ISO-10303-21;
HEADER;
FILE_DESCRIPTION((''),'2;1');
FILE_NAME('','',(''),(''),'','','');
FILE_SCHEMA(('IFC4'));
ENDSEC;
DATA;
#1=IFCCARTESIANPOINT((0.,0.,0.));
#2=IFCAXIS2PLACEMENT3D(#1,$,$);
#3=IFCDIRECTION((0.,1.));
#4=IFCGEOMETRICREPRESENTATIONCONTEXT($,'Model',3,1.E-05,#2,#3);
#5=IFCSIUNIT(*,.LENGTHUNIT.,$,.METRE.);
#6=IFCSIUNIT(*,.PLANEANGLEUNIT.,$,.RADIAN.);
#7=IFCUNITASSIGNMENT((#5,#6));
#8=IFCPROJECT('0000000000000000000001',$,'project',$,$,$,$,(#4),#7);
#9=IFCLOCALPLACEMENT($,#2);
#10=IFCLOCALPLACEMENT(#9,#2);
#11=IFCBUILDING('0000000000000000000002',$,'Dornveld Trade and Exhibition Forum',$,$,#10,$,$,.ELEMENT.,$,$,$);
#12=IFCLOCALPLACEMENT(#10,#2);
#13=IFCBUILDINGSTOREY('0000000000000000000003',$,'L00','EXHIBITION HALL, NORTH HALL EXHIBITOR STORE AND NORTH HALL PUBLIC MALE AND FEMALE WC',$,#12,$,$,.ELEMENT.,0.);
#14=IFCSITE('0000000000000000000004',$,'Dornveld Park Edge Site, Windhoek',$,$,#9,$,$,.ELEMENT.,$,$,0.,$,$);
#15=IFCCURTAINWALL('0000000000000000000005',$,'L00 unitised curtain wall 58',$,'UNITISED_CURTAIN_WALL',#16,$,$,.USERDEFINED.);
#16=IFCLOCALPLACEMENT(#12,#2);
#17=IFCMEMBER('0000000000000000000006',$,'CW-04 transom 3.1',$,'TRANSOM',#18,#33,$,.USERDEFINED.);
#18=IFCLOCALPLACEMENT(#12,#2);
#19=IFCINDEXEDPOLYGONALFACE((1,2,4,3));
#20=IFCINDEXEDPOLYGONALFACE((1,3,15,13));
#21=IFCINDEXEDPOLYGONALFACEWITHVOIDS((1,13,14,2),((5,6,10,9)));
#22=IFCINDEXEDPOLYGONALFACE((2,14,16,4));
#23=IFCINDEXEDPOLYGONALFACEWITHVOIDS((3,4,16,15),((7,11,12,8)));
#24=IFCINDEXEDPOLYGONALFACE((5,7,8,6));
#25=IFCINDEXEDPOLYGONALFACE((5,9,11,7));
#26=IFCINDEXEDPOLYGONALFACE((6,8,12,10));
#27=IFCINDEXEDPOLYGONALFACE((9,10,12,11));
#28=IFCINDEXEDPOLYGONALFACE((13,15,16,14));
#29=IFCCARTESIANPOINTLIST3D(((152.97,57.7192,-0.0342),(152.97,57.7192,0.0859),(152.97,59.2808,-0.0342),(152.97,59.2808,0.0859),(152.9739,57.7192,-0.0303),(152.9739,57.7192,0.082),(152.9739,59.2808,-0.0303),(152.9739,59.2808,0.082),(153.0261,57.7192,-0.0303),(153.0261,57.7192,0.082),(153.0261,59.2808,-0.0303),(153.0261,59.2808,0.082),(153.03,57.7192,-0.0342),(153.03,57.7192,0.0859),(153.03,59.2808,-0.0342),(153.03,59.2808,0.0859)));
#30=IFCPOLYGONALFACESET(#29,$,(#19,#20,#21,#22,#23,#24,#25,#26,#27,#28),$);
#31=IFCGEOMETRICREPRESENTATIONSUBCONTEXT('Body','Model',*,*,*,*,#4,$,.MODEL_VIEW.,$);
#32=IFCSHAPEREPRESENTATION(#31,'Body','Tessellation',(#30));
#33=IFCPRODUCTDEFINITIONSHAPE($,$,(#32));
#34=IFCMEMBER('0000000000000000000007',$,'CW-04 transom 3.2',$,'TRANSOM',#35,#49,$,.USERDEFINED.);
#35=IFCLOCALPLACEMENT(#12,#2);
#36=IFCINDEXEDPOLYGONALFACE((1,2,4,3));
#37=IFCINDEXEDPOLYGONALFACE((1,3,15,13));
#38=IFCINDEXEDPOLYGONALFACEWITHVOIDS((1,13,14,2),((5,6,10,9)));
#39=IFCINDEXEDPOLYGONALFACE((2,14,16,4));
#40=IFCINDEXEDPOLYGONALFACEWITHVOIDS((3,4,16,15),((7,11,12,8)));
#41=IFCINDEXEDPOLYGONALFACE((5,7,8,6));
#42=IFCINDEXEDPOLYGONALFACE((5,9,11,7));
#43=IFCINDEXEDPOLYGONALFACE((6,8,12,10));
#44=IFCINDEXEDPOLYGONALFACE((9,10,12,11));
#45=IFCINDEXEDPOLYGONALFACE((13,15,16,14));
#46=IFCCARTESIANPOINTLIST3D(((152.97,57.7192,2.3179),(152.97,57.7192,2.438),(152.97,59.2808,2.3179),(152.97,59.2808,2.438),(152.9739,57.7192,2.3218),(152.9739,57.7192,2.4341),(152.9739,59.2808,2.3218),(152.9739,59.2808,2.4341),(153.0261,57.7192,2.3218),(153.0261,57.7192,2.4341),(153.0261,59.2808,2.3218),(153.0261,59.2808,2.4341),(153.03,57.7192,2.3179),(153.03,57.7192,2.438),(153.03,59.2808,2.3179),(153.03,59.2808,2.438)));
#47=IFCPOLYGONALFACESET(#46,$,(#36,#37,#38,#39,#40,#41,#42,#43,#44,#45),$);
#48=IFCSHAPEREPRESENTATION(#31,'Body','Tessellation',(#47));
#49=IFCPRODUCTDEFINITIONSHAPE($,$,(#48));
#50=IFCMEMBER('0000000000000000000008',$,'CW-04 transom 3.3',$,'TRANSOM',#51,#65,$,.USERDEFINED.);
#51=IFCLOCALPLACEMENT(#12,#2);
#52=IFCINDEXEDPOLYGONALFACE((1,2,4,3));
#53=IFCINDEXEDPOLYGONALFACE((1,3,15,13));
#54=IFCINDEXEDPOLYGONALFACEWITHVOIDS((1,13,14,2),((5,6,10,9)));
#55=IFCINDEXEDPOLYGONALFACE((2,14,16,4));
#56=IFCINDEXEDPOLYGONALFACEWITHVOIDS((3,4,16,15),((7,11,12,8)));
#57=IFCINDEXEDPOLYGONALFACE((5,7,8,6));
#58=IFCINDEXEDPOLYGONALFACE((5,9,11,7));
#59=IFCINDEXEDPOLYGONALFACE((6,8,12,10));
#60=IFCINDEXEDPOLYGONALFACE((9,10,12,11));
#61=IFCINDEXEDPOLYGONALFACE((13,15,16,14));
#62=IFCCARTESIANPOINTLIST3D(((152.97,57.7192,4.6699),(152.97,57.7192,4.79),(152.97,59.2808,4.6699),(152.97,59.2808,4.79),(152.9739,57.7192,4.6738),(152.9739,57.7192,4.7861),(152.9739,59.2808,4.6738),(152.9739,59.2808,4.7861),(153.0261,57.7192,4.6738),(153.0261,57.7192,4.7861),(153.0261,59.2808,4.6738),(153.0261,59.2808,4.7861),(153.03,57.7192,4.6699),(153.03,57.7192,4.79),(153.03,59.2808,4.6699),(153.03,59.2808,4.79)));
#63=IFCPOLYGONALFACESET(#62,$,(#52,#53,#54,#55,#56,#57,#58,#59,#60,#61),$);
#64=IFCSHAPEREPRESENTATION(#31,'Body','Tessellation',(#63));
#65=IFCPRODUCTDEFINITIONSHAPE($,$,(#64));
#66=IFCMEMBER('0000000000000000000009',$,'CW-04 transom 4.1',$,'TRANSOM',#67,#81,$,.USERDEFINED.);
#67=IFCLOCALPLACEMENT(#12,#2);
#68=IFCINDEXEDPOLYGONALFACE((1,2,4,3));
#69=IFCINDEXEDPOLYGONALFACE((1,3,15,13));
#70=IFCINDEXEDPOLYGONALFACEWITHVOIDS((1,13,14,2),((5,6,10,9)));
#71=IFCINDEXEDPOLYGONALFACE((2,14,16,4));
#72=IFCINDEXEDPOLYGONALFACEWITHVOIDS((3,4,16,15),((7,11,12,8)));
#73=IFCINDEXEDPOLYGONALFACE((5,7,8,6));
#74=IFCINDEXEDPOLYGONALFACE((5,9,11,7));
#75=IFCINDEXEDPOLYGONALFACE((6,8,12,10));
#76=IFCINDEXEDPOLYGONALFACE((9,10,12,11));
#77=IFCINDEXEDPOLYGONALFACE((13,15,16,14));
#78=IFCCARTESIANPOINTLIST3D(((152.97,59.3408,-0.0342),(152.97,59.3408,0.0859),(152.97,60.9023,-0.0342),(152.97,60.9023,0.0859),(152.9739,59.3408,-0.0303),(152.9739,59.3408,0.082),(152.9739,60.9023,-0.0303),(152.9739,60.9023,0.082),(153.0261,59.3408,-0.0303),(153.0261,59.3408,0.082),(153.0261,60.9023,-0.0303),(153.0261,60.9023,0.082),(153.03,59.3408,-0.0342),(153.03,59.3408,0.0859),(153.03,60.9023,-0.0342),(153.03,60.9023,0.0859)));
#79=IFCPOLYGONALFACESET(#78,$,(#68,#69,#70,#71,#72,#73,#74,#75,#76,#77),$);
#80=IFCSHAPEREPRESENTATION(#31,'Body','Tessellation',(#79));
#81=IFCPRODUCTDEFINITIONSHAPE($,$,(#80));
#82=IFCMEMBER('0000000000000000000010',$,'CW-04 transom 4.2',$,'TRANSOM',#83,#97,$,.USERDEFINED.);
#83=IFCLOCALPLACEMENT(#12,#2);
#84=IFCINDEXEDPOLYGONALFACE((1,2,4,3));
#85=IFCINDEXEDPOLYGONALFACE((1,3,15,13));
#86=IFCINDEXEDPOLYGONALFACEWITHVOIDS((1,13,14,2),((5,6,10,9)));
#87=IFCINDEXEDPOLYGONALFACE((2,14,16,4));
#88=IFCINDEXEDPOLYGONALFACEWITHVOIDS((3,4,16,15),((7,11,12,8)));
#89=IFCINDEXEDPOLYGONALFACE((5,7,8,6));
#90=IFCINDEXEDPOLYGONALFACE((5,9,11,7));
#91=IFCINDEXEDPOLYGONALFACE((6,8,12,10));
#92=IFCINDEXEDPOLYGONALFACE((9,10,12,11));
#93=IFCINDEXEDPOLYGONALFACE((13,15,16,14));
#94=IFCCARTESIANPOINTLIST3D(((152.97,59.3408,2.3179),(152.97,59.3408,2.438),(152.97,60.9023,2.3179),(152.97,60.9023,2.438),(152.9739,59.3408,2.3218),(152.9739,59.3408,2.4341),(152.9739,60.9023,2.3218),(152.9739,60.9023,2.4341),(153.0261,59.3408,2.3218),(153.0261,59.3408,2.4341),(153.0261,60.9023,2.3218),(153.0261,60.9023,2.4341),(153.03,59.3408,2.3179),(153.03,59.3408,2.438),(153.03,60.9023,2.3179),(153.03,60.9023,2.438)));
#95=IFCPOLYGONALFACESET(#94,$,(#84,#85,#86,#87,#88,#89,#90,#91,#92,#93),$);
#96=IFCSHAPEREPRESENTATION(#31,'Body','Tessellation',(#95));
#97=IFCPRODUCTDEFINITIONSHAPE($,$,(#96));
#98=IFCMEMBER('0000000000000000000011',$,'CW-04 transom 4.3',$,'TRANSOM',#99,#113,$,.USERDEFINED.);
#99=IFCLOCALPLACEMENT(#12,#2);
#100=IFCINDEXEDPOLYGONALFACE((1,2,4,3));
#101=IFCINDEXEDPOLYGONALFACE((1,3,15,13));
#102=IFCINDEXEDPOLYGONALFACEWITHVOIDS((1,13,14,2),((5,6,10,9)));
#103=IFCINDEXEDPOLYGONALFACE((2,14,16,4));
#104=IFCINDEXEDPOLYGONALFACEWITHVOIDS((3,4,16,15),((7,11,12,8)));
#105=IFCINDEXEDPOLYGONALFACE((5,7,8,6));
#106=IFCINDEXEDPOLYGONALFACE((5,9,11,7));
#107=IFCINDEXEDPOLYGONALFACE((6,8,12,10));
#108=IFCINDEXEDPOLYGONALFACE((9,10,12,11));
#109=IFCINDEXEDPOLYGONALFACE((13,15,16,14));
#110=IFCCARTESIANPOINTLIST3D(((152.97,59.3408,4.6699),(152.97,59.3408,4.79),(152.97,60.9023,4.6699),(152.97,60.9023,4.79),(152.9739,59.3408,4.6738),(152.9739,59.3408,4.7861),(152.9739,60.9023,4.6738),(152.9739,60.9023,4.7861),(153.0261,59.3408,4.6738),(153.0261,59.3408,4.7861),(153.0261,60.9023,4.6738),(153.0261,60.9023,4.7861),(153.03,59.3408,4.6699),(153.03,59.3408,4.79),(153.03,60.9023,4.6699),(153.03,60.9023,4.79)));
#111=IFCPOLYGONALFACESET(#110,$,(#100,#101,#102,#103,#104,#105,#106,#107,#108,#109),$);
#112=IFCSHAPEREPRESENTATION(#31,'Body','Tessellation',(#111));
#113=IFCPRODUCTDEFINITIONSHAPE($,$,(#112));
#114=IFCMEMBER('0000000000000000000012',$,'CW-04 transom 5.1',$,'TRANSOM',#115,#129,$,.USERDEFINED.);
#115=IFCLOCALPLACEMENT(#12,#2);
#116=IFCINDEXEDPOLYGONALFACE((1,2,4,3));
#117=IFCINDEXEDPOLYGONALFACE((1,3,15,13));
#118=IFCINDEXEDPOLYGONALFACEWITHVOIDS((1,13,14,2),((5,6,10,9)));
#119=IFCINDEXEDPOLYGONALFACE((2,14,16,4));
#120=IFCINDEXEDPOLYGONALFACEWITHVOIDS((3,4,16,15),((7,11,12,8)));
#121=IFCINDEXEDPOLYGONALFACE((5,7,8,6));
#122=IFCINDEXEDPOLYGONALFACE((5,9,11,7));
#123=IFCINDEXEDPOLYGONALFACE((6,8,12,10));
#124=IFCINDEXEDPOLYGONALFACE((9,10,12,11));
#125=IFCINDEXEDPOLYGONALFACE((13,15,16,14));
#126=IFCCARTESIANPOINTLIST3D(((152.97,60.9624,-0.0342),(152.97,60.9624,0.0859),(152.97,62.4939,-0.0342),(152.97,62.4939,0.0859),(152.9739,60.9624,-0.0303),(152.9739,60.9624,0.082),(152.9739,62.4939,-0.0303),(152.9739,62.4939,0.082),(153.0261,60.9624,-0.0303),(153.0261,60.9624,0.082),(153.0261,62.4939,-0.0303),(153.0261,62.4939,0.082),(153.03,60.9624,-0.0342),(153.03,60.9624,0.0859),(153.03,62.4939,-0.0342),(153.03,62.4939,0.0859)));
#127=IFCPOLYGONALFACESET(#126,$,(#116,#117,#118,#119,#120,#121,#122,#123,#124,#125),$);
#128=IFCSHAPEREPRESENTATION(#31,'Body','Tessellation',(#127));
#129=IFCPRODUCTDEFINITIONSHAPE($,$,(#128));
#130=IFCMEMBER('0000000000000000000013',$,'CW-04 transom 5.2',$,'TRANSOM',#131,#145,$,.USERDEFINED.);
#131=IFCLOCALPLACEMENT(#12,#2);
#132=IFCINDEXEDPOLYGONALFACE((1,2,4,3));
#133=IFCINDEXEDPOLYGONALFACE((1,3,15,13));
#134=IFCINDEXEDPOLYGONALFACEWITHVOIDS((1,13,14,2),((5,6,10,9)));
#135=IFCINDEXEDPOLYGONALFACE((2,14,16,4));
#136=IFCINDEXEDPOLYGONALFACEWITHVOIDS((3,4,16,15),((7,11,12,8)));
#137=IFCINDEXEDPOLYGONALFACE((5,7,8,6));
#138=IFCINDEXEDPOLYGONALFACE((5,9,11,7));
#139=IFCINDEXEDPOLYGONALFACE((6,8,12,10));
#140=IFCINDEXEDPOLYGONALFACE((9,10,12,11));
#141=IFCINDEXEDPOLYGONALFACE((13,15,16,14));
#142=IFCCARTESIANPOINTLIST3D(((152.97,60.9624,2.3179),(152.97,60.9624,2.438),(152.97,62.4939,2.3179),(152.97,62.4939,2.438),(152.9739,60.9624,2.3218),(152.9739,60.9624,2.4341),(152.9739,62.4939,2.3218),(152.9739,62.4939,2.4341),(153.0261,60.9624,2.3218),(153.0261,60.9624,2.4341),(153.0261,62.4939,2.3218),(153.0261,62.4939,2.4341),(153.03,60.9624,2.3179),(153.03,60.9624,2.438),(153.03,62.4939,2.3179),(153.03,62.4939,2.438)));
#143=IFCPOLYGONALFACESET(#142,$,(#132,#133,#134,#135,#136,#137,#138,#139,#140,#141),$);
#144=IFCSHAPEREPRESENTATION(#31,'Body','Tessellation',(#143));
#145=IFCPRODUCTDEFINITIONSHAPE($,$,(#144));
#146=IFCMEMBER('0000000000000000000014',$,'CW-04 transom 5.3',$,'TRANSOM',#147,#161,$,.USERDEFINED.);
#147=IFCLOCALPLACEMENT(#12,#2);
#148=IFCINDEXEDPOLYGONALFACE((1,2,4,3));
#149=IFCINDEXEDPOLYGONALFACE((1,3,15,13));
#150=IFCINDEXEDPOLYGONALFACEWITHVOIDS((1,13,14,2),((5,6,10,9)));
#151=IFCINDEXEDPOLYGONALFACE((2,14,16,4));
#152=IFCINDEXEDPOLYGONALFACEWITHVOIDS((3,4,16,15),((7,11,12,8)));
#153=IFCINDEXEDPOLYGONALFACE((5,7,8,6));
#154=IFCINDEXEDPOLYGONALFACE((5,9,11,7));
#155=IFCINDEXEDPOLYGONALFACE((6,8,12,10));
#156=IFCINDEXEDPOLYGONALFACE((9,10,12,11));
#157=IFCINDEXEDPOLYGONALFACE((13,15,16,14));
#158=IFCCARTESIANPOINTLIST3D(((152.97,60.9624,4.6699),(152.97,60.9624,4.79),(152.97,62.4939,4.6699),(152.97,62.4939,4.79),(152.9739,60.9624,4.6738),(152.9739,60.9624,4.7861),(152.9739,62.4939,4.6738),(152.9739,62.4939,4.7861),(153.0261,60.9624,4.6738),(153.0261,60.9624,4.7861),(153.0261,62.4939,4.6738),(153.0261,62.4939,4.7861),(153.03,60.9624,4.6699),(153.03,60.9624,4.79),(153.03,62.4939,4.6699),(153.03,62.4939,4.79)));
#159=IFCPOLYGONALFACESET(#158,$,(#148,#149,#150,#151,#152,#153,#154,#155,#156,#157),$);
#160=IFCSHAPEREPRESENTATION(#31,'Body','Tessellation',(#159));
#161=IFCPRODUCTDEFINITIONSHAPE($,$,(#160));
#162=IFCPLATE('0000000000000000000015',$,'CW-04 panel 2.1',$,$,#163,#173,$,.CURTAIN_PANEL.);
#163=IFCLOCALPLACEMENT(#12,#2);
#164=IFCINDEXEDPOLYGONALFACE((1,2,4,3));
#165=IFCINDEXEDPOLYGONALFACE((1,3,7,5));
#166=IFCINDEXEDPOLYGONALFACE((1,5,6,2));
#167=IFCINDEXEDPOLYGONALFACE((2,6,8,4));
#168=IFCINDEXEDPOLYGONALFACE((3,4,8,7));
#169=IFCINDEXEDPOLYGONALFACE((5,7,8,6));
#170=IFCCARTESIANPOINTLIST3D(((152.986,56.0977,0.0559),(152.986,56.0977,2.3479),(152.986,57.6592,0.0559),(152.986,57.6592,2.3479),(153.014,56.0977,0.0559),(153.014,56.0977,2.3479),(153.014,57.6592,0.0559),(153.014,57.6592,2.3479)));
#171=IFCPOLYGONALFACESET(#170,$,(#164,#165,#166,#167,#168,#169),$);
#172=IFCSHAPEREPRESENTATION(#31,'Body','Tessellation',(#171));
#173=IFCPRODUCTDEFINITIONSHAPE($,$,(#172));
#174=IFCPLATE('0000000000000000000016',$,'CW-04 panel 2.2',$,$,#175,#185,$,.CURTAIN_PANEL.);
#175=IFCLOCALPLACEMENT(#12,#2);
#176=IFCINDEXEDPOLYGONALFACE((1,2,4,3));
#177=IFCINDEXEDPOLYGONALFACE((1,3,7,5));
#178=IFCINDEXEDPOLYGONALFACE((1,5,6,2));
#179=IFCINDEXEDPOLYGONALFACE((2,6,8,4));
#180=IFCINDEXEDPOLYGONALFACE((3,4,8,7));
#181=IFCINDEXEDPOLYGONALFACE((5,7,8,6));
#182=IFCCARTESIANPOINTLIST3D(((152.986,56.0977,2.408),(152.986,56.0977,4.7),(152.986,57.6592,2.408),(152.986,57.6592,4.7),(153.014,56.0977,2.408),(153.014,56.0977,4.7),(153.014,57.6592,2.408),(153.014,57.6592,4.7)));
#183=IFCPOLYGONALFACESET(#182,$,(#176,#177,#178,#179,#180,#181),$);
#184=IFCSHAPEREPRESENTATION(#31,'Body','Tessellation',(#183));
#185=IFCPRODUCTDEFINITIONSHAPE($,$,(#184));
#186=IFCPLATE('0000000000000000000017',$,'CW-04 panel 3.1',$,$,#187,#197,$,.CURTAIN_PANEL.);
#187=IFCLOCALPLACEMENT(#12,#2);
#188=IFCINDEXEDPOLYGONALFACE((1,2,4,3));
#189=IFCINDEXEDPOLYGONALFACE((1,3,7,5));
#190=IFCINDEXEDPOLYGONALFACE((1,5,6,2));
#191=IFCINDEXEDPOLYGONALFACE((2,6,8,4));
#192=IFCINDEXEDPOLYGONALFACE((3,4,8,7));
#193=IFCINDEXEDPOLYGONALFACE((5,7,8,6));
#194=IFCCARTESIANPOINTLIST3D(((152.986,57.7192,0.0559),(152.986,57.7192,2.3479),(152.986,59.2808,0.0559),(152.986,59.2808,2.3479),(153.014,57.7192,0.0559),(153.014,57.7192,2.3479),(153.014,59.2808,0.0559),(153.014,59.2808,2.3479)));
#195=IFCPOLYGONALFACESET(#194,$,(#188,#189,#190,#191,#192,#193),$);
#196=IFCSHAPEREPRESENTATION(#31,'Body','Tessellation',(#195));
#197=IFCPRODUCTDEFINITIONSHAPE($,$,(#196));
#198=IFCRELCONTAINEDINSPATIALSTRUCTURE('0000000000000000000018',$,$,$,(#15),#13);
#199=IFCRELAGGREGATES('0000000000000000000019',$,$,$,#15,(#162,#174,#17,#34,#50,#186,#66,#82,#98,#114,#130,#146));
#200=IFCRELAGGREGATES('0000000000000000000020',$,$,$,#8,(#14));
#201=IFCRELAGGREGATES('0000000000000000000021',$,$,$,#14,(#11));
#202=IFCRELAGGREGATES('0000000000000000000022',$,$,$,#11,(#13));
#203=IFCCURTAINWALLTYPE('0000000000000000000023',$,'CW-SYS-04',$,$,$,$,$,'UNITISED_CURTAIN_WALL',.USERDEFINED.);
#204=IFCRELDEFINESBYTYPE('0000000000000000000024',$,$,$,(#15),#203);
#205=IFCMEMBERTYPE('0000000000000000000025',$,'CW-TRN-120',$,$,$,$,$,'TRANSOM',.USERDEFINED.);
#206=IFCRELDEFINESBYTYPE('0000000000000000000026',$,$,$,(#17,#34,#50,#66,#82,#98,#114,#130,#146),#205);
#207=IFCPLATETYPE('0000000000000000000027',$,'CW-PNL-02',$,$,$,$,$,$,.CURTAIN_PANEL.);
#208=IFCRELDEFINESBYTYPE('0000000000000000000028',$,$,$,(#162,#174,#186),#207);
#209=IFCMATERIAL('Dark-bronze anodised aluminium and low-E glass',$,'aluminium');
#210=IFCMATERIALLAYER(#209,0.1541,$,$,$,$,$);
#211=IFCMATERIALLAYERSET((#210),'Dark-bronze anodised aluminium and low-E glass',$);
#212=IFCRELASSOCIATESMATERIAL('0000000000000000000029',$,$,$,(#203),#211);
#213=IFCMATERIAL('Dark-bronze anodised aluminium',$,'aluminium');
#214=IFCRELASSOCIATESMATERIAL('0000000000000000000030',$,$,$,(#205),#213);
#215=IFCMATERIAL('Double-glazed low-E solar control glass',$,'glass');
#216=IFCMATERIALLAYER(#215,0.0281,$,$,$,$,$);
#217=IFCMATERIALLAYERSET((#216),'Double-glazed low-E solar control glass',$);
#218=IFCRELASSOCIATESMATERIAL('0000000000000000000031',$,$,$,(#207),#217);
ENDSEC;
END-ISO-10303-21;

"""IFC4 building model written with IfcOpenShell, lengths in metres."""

from ifc_helpers import new_model, si_unit, direction, frame, origin, origin_2d, place, context, subcontext, project, spatial, rectangle, hollow_rectangle, extrude, material, layer, layer_set, material_profile, profile_set, type_object, element, aggregate, save


model = new_model("IFC4")

# Units and contexts
model_context = context("Model", 3, precision=1e-05, world=origin(), true_north=direction((0.0, 1.0)))
body_context = subcontext(model_context, "Body", "Model", "MODEL_VIEW")
ifc_project = project(units=[si_unit("LENGTHUNIT", "METRE"), si_unit("PLANEANGLEUNIT", "RADIAN")], contexts=[model_context])

# Site, building, storey
site_placement = place(None, origin())
site = spatial("IfcSite", under=ifc_project, at=site_placement, Name="Dornveld Park Edge Site, Windhoek", CompositionType="ELEMENT", RefElevation=0.0)
building_placement = place(site_placement, origin())
building = spatial("IfcBuilding", under=site, at=building_placement, Name="Dornveld Trade and Exhibition Forum", CompositionType="ELEMENT")
storey_placement = place(building_placement, origin())
storey = spatial("IfcBuildingStorey", under=building, at=storey_placement, Name="L00", Description="EXHIBITION HALL, NORTH HALL EXHIBITOR STORE AND NORTH HALL PUBLIC MALE AND FEMALE WC", CompositionType="ELEMENT", Elevation=0.0)

# Curtain wall, members, plates
ifc_material_1 = material(Name="Dark-bronze anodised aluminium and low-E glass", Category="aluminium")
ifc_layer_1 = layer(ifc_material_1, 0.1541)
ifc_layer_set_1 = layer_set([ifc_layer_1], Name="Dark-bronze anodised aluminium and low-E glass")
curtain_wall_type = type_object("IfcCurtainWallType", Name="CW-SYS-04", ElementType="UNITISED_CURTAIN_WALL", PredefinedType="USERDEFINED", material=ifc_layer_set_1)
curtain_wall_placement = place(storey_placement, origin())
curtain_wall = element("IfcCurtainWall", 1, at=curtain_wall_placement, inside=storey, type_object=curtain_wall_type, Name="L00 unitised curtain wall 58", ObjectType="UNITISED_CURTAIN_WALL", PredefinedType="USERDEFINED")
ifc_material_2 = material(Name="Dark-bronze anodised aluminium", Category="aluminium")
ifc_material_profile_1 = material_profile(ifc_material_2, hollow_rectangle(XDim=0.0601, YDim=0.1201, WallThickness=0.0039, at=origin_2d()), Name="RHS 120x60x4")
ifc_profile_set_1 = profile_set([ifc_material_profile_1], Name="Dark-bronze anodised aluminium")
member_type_1 = type_object("IfcMemberType", Name="CW-TRN-120", ElementType="TRANSOM", PredefinedType="USERDEFINED", material=ifc_profile_set_1)
member_1_placement = place(storey_placement, frame((153.0, 57.7192, 0.0259), z_axis=(0.0, 1.0, 0.0), x_axis=(-1.0, 0.0, 0.0)))
member_1 = element("IfcMember", 2, at=member_1_placement, type_object=member_type_1, Name="CW-04 transom 3.1", ObjectType="TRANSOM", PredefinedType="USERDEFINED", context=body_context, shape_type="SweptSolid", body=[
    extrude(hollow_rectangle(XDim=0.0601, YDim=0.1201, WallThickness=0.0039, at=origin_2d()), origin(), (0.0, 0.0, 1.0), 1.5615),
])
member_2_placement = place(storey_placement, frame((153.0, 57.7192, 2.3779), z_axis=(0.0, 1.0, 0.0), x_axis=(-1.0, 0.0, 0.0)))
member_2 = element("IfcMember", 3, at=member_2_placement, type_object=member_type_1, Name="CW-04 transom 3.2", ObjectType="TRANSOM", PredefinedType="USERDEFINED", context=body_context, shape_type="SweptSolid", body=[
    extrude(hollow_rectangle(XDim=0.0601, YDim=0.1201, WallThickness=0.0039, at=origin_2d()), origin(), (0.0, 0.0, 1.0), 1.5615),
])
member_3_placement = place(storey_placement, frame((153.0, 57.7192, 4.73), z_axis=(0.0, 1.0, 0.0), x_axis=(-1.0, 0.0, 0.0)))
member_3 = element("IfcMember", 4, at=member_3_placement, type_object=member_type_1, Name="CW-04 transom 3.3", ObjectType="TRANSOM", PredefinedType="USERDEFINED", context=body_context, shape_type="SweptSolid", body=[
    extrude(hollow_rectangle(XDim=0.0601, YDim=0.1201, WallThickness=0.0039, at=origin_2d()), origin(), (0.0, 0.0, 1.0), 1.5615),
])
member_4_placement = place(storey_placement, frame((153.0, 59.3408, 0.0259), z_axis=(0.0, 1.0, 0.0), x_axis=(-1.0, 0.0, 0.0)))
member_4 = element("IfcMember", 5, at=member_4_placement, type_object=member_type_1, Name="CW-04 transom 4.1", ObjectType="TRANSOM", PredefinedType="USERDEFINED", context=body_context, shape_type="SweptSolid", body=[
    extrude(hollow_rectangle(XDim=0.0601, YDim=0.1201, WallThickness=0.0039, at=origin_2d()), origin(), (0.0, 0.0, 1.0), 1.5615),
])
member_5_placement = place(storey_placement, frame((153.0, 59.3408, 2.3779), z_axis=(0.0, 1.0, 0.0), x_axis=(-1.0, 0.0, 0.0)))
member_5 = element("IfcMember", 6, at=member_5_placement, type_object=member_type_1, Name="CW-04 transom 4.2", ObjectType="TRANSOM", PredefinedType="USERDEFINED", context=body_context, shape_type="SweptSolid", body=[
    extrude(hollow_rectangle(XDim=0.0601, YDim=0.1201, WallThickness=0.0039, at=origin_2d()), origin(), (0.0, 0.0, 1.0), 1.5615),
])
member_6_placement = place(storey_placement, frame((153.0, 59.3408, 4.73), z_axis=(0.0, 1.0, 0.0), x_axis=(-1.0, 0.0, 0.0)))
member_6 = element("IfcMember", 7, at=member_6_placement, type_object=member_type_1, Name="CW-04 transom 4.3", ObjectType="TRANSOM", PredefinedType="USERDEFINED", context=body_context, shape_type="SweptSolid", body=[
    extrude(hollow_rectangle(XDim=0.0601, YDim=0.1201, WallThickness=0.0039, at=origin_2d()), origin(), (0.0, 0.0, 1.0), 1.5615),
])
member_7_placement = place(storey_placement, frame((153.0, 60.9624, 0.0259), z_axis=(0.0, 1.0, 0.0), x_axis=(-1.0, 0.0, 0.0)))
member_7 = element("IfcMember", 8, at=member_7_placement, type_object=member_type_1, Name="CW-04 transom 5.1", ObjectType="TRANSOM", PredefinedType="USERDEFINED", context=body_context, shape_type="SweptSolid", body=[
    extrude(hollow_rectangle(XDim=0.0601, YDim=0.1201, WallThickness=0.0039, at=origin_2d()), origin(), (0.0, 0.0, 1.0), 1.5315),
])
member_8_placement = place(storey_placement, frame((153.0, 60.9624, 2.3779), z_axis=(0.0, 1.0, 0.0), x_axis=(-1.0, 0.0, 0.0)))
member_8 = element("IfcMember", 9, at=member_8_placement, type_object=member_type_1, Name="CW-04 transom 5.2", ObjectType="TRANSOM", PredefinedType="USERDEFINED", context=body_context, shape_type="SweptSolid", body=[
    extrude(hollow_rectangle(XDim=0.0601, YDim=0.1201, WallThickness=0.0039, at=origin_2d()), origin(), (0.0, 0.0, 1.0), 1.5315),
])
member_9_placement = place(storey_placement, frame((153.0, 60.9624, 4.73), z_axis=(0.0, 1.0, 0.0), x_axis=(-1.0, 0.0, 0.0)))
member_9 = element("IfcMember", 10, at=member_9_placement, type_object=member_type_1, Name="CW-04 transom 5.3", ObjectType="TRANSOM", PredefinedType="USERDEFINED", context=body_context, shape_type="SweptSolid", body=[
    extrude(hollow_rectangle(XDim=0.0601, YDim=0.1201, WallThickness=0.0039, at=origin_2d()), origin(), (0.0, 0.0, 1.0), 1.5315),
])
ifc_material_3 = material(Name="Double-glazed low-E solar control glass", Category="glass")
ifc_layer_2 = layer(ifc_material_3, 0.0281)
ifc_layer_set_2 = layer_set([ifc_layer_2], Name="Double-glazed low-E solar control glass")
plate_type = type_object("IfcPlateType", Name="CW-PNL-02", PredefinedType="CURTAIN_PANEL", material=ifc_layer_set_2)
plate_1_placement = place(storey_placement, frame((153.0, 56.8784, 0.0559), z_axis=(0.0, 0.0, 1.0), x_axis=(0.0, 1.0, 0.0)))
plate_1 = element("IfcPlate", 11, at=plate_1_placement, type_object=plate_type, Name="CW-04 panel 2.1", PredefinedType="CURTAIN_PANEL", context=body_context, shape_type="SweptSolid", body=[
    extrude(rectangle(XDim=1.5615, YDim=0.0281, at=origin_2d()), origin(), (0.0, 0.0, 1.0), 2.292),
])
plate_2_placement = place(storey_placement, frame((153.0, 56.8784, 2.408), z_axis=(0.0, 0.0, 1.0), x_axis=(0.0, 1.0, 0.0)))
plate_2 = element("IfcPlate", 12, at=plate_2_placement, type_object=plate_type, Name="CW-04 panel 2.2", PredefinedType="CURTAIN_PANEL", context=body_context, shape_type="SweptSolid", body=[
    extrude(rectangle(XDim=1.5615, YDim=0.0281, at=origin_2d()), origin(), (0.0, 0.0, 1.0), 2.292),
])
plate_3_placement = place(storey_placement, frame((153.0, 58.5, 0.0559), z_axis=(0.0, 0.0, 1.0), x_axis=(0.0, 1.0, 0.0)))
plate_3 = element("IfcPlate", 13, at=plate_3_placement, type_object=plate_type, Name="CW-04 panel 3.1", PredefinedType="CURTAIN_PANEL", context=body_context, shape_type="SweptSolid", body=[
    extrude(rectangle(XDim=1.5615, YDim=0.0281, at=origin_2d()), origin(), (0.0, 0.0, 1.0), 2.292),
])
aggregate(curtain_wall, [plate_1, plate_2, member_1, member_2, member_3, plate_3, member_4, member_5, member_6, member_7, member_8, member_9])

save(model, "model.ifc")
